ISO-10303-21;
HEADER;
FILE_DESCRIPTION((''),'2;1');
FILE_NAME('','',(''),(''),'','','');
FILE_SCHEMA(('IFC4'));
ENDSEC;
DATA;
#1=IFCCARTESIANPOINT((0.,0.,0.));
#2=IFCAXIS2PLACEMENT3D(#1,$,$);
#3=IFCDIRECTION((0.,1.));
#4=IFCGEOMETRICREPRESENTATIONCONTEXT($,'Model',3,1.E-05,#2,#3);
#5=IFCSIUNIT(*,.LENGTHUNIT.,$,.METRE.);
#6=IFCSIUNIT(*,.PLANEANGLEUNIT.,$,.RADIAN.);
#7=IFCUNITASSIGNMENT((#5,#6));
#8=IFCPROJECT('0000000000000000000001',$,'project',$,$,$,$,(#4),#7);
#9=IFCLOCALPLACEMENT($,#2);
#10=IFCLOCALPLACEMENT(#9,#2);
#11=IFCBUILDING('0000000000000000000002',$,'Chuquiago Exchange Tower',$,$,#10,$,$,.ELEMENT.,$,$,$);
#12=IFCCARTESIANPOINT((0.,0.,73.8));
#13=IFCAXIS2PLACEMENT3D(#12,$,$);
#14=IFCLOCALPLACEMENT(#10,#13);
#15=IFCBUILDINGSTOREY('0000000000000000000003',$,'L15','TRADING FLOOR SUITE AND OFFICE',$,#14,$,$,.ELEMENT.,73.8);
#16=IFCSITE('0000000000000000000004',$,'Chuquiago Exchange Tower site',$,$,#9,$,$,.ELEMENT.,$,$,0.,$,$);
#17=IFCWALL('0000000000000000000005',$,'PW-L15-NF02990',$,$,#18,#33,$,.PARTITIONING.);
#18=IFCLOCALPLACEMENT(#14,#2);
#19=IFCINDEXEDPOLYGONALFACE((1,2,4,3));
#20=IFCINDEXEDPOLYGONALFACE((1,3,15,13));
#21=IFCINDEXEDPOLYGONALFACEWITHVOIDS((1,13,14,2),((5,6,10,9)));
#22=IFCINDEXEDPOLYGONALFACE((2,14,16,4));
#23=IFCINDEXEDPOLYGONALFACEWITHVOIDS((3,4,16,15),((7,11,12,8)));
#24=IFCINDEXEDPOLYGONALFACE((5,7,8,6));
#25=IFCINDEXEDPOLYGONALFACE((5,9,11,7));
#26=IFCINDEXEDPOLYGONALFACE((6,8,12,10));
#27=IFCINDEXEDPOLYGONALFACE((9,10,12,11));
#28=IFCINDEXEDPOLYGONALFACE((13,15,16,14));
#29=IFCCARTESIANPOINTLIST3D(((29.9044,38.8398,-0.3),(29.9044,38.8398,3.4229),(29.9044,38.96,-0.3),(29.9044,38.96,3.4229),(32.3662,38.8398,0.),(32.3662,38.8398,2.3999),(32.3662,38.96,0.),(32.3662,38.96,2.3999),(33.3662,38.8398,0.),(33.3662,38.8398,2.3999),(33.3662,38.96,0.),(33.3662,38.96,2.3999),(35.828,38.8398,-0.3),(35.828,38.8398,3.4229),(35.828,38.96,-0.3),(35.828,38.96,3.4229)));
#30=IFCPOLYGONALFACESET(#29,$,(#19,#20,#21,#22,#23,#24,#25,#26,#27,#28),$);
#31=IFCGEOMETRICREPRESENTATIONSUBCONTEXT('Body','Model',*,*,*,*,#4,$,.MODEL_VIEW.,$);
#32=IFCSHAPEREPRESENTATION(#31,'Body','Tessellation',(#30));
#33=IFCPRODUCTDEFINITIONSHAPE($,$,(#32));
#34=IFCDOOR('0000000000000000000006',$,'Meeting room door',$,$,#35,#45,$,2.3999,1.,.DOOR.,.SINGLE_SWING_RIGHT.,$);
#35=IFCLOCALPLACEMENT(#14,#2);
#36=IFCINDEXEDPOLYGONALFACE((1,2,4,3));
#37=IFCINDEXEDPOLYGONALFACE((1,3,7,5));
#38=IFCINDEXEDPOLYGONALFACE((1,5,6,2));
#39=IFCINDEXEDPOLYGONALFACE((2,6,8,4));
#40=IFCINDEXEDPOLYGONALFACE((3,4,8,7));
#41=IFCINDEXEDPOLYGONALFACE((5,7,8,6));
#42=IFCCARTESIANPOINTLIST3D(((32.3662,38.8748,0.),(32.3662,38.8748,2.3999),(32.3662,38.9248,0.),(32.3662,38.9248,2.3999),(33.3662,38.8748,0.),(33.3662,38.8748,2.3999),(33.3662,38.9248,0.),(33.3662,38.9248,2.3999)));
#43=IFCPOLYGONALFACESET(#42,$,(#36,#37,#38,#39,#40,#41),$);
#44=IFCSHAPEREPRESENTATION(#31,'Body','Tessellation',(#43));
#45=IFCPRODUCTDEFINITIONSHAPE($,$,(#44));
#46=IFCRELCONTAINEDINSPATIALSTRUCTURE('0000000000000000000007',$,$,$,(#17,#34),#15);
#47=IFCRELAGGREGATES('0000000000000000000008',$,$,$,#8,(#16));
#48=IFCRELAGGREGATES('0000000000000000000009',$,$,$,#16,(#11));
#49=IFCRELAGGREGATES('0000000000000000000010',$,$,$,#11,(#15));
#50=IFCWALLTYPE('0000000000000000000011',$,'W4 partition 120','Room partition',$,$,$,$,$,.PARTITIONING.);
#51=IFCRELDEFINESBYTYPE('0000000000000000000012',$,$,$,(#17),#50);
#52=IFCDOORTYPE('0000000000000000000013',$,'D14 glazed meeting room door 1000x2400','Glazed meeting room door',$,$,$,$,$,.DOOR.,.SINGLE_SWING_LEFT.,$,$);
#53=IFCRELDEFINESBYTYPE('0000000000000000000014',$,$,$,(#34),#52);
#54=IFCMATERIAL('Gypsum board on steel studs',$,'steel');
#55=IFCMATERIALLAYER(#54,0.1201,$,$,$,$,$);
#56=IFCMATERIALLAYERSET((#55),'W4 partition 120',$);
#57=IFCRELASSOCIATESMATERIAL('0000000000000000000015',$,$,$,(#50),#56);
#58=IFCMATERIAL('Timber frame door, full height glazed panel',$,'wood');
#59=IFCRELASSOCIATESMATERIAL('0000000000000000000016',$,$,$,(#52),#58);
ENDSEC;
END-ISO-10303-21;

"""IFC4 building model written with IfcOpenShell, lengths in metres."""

from ifc_helpers import new_model, si_unit, direction, frame, frame_2d, origin, place, context, subcontext, project, spatial, rectangle, extrude, material, layer, layer_set, type_object, element, fill, save


model = new_model("IFC4")

# Units and contexts
model_context = context("Model", 3, precision=1e-05, world=origin(), true_north=direction((0.0, 1.0)))
body_context = subcontext(model_context, "Body", "Model", "MODEL_VIEW")
ifc_project = project(units=[si_unit("LENGTHUNIT", "METRE"), si_unit("PLANEANGLEUNIT", "RADIAN")], contexts=[model_context])

# Site, building, storey
site_placement = place(None, origin())
site = spatial("IfcSite", under=ifc_project, at=site_placement, Name="Chuquiago Exchange Tower site", CompositionType="ELEMENT", RefElevation=0.0)
building_placement = place(site_placement, origin())
building = spatial("IfcBuilding", under=site, at=building_placement, Name="Chuquiago Exchange Tower", CompositionType="ELEMENT")
storey_placement = place(building_placement, frame((0.0, 0.0, 73.8)))
storey = spatial("IfcBuildingStorey", under=building, at=storey_placement, Name="L15", Description="TRADING FLOOR SUITE AND OFFICE", CompositionType="ELEMENT", Elevation=73.8)

# Shared definitions
ifc_material_1 = material(Name="Gypsum board on steel studs", Category="steel")
ifc_layer_1 = layer(ifc_material_1, 0.1201)
ifc_layer_set_1 = layer_set([ifc_layer_1], Name="W4 partition 120")
wall_type_1 = type_object("IfcWallType", Name="W4 partition 120", Description="Room partition", PredefinedType="PARTITIONING", material=ifc_layer_set_1)

# Wall, opening, door
wall_1_placement = place(storey_placement, frame((29.9043, 38.8999, -0.3), z_axis=(0.0, 0.0, 1.0), x_axis=(1.0, 0.0, 0.0)))
wall_1 = element("IfcWall", 1, at=wall_1_placement, inside=storey, type_object=wall_type_1, Name="PW-L15-NF02990", PredefinedType="PARTITIONING", context=body_context, shape_type="SweptSolid", body=[
    extrude(rectangle(XDim=5.9236, YDim=0.1201, at=frame_2d((2.9619, 0.0))), origin(), (0.0, 0.0, 1.0), 3.7229),
])
opening_1_placement = place(wall_1_placement, frame((2.4619, 0.0, 0.3)))
opening_1 = element("IfcOpeningElement", 2, at=opening_1_placement, cuts=wall_1, PredefinedType="OPENING", context=body_context, shape_type="SweptSolid", body=[
    extrude(rectangle(XDim=1.0, YDim=2.3999, at=frame_2d((0.5, 1.2))), frame((0.0, 0.0701, 0.0), z_axis=(0.0, -1.0, 0.0), x_axis=(1.0, 0.0, 0.0)), (0.0, 0.0, 1.0), 0.1401),
])
ifc_material_2 = material(Name="Timber frame door, full height glazed panel", Category="wood")
door_type_1 = type_object("IfcDoorType", Name="D14 glazed meeting room door 1000x2400", Description="Glazed meeting room door", OperationType="SINGLE_SWING_LEFT", PredefinedType="DOOR", material=ifc_material_2)
door_1_placement = place(opening_1_placement, origin())
door_1 = element("IfcDoor", 3, at=door_1_placement, inside=storey, type_object=door_type_1, Name="Meeting room door", OperationType="SINGLE_SWING_RIGHT", OverallHeight=2.3999, OverallWidth=1.0, PredefinedType="DOOR", context=body_context, shape_type="SweptSolid", body=[
    extrude(rectangle(XDim=1.0, YDim=2.3999, at=frame_2d((0.5, 1.2))), frame((0.0, 0.0249, 0.0), z_axis=(0.0, -1.0, 0.0), x_axis=(1.0, 0.0, 0.0)), (0.0, 0.0, 1.0), 0.05),
])
fill(opening_1, door_1)

save(model, "model.ifc")
